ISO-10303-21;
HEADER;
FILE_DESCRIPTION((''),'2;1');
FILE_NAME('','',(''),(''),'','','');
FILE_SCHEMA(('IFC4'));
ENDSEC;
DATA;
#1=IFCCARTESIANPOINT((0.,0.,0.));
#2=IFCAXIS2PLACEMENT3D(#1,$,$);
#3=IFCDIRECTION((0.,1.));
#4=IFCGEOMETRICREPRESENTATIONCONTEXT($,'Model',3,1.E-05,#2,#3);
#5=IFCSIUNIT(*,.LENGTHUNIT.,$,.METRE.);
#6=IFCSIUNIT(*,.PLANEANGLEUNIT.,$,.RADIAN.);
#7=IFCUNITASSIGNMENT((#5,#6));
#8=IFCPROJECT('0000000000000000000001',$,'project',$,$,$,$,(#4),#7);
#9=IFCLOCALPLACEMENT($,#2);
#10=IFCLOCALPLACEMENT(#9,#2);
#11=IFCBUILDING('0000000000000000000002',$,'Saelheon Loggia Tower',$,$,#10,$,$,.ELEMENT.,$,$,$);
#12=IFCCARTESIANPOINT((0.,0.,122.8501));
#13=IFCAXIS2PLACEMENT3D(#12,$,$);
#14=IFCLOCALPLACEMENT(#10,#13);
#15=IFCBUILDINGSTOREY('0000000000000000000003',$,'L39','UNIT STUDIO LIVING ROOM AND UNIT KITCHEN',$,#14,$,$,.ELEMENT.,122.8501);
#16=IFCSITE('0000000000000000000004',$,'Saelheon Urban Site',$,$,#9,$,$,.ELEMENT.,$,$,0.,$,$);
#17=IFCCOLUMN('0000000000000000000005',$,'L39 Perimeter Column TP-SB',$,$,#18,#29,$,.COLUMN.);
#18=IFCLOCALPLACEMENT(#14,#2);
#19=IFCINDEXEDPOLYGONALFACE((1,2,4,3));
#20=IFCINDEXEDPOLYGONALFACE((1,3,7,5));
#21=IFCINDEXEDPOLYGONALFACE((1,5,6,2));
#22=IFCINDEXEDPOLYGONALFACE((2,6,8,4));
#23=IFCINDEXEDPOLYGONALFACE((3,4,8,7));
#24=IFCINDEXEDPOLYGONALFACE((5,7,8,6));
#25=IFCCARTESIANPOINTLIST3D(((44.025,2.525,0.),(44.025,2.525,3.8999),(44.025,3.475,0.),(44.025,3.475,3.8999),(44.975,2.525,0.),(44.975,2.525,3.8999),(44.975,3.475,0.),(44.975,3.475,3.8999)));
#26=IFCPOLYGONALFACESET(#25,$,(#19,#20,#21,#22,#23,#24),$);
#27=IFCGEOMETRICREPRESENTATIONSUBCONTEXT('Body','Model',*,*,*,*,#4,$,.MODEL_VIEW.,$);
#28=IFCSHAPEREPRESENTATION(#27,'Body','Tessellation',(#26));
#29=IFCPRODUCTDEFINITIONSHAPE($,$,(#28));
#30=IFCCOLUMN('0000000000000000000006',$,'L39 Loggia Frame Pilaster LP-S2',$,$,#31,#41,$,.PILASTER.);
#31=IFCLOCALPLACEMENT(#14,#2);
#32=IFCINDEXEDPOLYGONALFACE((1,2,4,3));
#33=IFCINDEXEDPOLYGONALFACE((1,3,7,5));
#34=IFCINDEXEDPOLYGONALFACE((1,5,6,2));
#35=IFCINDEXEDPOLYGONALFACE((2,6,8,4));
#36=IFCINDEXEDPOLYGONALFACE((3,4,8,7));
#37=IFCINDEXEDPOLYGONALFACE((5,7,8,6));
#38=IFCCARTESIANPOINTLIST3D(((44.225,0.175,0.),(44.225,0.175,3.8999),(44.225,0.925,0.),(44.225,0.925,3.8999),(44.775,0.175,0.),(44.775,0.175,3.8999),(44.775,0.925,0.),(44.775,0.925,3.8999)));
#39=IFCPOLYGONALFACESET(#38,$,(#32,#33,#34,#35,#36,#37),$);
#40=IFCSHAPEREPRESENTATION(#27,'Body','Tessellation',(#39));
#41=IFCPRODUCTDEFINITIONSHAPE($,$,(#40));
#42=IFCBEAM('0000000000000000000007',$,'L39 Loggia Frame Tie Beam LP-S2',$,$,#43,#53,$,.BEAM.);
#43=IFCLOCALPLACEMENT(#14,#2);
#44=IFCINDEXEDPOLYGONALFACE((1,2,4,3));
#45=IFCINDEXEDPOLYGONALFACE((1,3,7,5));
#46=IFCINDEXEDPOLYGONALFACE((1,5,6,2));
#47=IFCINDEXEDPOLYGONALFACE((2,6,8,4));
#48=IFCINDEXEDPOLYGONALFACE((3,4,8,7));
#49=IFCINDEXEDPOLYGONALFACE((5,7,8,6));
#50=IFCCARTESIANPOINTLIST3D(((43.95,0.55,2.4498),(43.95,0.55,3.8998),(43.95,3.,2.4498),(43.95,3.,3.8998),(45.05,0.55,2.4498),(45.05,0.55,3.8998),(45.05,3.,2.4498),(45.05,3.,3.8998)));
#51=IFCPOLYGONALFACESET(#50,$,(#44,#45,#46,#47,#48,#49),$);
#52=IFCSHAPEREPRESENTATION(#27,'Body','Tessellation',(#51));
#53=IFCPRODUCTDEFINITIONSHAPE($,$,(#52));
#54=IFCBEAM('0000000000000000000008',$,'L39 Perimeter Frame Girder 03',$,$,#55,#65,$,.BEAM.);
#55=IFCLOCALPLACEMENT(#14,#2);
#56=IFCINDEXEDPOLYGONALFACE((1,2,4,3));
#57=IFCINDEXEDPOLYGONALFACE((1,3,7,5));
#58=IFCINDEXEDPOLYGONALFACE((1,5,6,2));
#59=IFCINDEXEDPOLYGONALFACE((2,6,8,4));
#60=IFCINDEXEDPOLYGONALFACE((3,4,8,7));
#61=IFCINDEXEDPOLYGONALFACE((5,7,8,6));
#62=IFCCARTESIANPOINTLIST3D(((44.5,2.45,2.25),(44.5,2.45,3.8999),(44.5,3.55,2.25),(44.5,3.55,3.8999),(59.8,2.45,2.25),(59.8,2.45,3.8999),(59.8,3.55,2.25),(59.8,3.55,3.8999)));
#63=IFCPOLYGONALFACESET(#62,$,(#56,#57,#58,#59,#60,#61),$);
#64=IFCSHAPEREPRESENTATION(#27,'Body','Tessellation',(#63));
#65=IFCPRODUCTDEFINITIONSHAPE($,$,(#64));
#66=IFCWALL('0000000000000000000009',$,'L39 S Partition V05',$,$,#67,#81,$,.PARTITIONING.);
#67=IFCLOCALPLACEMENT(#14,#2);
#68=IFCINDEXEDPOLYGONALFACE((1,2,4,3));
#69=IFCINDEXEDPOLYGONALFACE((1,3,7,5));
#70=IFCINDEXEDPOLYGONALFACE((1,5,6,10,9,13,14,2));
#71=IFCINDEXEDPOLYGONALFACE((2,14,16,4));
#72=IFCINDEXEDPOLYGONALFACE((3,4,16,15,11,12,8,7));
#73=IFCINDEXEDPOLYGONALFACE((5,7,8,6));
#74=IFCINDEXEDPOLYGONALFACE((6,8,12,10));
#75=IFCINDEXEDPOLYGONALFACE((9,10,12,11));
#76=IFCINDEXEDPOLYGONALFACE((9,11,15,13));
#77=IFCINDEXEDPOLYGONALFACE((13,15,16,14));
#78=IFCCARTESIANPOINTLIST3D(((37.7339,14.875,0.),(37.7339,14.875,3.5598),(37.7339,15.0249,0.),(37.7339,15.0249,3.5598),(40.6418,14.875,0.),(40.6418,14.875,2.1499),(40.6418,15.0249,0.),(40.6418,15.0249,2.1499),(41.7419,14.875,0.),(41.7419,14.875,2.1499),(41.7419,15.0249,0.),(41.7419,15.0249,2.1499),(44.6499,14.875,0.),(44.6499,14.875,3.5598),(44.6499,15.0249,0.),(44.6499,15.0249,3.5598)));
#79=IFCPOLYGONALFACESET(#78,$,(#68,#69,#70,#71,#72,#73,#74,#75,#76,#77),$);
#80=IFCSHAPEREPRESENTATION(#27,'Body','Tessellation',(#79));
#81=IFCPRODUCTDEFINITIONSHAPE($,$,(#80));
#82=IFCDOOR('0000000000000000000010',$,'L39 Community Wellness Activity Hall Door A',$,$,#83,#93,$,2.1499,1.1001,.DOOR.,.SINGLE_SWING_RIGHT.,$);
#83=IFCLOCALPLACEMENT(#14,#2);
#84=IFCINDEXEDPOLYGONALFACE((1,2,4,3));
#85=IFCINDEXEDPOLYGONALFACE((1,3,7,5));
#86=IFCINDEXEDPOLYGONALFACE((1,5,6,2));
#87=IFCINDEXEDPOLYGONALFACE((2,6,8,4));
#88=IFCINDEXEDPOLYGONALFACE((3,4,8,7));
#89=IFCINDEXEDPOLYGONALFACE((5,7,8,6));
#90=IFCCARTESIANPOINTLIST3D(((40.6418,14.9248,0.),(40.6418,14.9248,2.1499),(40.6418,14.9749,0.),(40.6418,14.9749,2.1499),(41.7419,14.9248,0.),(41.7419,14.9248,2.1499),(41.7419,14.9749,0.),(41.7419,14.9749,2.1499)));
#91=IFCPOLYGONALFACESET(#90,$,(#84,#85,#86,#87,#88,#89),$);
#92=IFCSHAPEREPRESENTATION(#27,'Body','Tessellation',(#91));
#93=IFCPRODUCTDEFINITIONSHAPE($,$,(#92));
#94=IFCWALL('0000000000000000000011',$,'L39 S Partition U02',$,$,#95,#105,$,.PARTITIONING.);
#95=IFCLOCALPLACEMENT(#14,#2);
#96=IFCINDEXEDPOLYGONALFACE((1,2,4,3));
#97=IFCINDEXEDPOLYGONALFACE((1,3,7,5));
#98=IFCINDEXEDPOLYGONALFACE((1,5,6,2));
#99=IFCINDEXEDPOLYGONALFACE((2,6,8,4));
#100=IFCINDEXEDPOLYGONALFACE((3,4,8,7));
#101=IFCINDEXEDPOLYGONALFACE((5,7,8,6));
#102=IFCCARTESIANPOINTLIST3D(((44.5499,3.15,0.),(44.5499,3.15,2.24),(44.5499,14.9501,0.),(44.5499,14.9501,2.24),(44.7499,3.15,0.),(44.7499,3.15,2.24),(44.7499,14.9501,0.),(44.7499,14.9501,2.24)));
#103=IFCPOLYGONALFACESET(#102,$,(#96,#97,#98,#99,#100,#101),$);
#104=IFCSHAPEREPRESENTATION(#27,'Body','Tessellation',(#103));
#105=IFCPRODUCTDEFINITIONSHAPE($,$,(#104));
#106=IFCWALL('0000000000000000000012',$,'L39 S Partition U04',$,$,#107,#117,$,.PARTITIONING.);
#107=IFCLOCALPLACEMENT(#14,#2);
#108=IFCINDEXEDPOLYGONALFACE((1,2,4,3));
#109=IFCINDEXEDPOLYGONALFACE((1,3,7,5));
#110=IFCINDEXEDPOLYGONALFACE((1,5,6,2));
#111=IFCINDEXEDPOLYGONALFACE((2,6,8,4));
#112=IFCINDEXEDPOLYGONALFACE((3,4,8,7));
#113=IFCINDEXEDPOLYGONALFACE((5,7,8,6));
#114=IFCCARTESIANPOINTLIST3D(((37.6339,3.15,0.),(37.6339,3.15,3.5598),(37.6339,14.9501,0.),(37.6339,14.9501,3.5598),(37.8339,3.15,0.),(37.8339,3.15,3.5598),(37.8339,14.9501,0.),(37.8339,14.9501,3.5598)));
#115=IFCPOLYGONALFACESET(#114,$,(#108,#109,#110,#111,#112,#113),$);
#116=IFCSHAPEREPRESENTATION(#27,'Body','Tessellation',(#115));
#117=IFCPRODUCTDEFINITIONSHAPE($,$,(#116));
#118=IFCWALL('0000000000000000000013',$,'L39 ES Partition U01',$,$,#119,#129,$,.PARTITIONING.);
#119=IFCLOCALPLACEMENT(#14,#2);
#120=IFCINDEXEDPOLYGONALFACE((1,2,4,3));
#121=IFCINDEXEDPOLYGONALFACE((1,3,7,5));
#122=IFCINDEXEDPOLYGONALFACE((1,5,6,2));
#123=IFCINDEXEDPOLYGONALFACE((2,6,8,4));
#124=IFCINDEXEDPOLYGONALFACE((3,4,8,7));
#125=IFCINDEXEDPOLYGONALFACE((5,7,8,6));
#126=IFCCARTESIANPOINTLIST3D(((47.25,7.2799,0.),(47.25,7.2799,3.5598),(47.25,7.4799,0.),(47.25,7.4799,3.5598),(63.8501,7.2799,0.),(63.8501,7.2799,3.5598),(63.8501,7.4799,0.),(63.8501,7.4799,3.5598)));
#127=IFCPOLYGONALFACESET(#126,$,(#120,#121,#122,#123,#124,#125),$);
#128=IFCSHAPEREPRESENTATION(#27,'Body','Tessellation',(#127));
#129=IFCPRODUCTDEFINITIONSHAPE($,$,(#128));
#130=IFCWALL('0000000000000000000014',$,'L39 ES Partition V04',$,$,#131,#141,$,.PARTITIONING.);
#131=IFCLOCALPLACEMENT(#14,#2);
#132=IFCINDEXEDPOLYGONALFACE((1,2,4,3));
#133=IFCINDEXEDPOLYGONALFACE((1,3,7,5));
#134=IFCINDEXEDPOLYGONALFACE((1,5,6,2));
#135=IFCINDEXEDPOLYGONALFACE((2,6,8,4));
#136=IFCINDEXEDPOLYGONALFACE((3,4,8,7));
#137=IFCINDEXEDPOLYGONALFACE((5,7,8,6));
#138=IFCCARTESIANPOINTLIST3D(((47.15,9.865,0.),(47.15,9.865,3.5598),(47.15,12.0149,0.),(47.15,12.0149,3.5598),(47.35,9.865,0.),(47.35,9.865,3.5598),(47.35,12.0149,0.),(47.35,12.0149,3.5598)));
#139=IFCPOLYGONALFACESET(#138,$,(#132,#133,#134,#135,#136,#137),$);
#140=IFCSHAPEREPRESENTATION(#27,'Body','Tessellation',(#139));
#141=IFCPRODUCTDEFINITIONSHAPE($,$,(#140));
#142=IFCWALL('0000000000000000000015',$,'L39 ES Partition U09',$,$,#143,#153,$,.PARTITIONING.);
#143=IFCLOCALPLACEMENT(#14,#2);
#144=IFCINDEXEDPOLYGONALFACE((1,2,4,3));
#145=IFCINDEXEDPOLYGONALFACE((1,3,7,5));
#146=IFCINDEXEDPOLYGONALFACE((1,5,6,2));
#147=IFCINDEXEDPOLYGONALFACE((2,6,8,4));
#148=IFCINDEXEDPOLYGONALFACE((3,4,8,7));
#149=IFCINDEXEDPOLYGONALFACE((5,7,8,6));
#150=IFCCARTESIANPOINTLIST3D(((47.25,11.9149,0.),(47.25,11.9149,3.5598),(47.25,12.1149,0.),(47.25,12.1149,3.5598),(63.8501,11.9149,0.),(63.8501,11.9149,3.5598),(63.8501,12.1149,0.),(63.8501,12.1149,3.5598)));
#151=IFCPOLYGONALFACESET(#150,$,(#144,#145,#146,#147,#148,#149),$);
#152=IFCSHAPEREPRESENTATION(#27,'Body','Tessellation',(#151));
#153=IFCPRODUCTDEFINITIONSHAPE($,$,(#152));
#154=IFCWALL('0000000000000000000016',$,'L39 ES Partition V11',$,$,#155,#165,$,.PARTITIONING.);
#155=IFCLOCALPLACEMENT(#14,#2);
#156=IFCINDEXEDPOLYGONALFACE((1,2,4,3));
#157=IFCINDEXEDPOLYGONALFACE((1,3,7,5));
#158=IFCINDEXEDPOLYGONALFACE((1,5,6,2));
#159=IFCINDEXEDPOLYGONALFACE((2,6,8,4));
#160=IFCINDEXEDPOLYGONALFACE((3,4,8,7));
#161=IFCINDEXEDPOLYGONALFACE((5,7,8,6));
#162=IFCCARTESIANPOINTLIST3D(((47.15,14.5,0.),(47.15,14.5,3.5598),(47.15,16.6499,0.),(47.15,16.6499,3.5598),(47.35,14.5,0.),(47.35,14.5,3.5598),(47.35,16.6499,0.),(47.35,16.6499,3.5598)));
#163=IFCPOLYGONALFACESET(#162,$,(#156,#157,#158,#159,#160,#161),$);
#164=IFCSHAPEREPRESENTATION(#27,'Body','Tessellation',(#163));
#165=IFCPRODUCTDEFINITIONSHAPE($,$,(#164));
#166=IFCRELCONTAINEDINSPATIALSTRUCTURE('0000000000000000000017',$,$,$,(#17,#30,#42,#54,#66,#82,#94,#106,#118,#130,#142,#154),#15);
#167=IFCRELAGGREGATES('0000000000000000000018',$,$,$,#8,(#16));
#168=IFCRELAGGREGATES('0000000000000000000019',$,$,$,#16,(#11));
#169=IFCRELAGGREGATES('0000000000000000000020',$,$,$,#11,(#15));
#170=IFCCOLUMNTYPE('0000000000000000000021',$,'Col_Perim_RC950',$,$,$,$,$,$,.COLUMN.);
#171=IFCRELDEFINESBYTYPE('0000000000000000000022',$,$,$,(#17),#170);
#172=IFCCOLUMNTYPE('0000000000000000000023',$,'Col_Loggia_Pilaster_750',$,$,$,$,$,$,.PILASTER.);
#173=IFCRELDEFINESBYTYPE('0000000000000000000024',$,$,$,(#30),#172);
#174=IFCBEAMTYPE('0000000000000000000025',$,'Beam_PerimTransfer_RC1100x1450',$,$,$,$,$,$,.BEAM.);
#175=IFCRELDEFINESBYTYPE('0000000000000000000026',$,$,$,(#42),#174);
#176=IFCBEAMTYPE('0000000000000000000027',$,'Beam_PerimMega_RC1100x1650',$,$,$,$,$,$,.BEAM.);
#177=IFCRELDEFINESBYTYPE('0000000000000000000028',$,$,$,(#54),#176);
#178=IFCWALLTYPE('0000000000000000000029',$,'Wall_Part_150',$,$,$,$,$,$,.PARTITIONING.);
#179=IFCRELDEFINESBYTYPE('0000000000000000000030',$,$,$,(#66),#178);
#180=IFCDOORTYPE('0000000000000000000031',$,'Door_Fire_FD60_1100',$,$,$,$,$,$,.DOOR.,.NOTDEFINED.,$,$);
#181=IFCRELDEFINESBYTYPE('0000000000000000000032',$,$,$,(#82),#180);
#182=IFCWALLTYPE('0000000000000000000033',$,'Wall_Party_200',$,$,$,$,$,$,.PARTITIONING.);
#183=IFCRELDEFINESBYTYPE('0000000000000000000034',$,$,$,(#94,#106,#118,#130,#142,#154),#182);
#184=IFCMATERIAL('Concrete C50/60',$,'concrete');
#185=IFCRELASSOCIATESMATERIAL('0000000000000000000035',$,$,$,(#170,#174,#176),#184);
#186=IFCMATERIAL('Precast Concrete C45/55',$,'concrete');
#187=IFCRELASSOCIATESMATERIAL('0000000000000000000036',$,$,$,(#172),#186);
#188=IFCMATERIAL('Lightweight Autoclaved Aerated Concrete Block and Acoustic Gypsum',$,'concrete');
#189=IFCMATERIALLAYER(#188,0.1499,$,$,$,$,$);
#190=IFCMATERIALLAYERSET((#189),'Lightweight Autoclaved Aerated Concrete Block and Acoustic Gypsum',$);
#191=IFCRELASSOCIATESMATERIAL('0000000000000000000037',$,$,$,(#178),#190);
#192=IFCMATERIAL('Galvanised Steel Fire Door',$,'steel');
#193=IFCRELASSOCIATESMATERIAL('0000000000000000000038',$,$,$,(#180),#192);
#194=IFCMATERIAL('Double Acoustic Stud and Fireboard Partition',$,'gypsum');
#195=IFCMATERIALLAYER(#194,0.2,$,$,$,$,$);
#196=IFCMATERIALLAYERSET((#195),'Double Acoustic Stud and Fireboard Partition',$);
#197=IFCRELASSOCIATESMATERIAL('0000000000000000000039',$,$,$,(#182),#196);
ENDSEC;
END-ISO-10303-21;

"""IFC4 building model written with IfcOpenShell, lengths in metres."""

from ifc_helpers import new_model, si_unit, direction, frame, frame_2d, origin, origin_2d, place, context, subcontext, project, spatial, rectangle, extrude, source, transform, mapped, material, layer, layer_set, material_profile, profile_set, type_object, element, fill, save


model = new_model("IFC4")

# Units and contexts
model_context = context("Model", 3, precision=1e-05, world=origin(), true_north=direction((0.0, 1.0)))
body_context = subcontext(model_context, "Body", "Model", "MODEL_VIEW")
ifc_project = project(units=[si_unit("LENGTHUNIT", "METRE"), si_unit("PLANEANGLEUNIT", "RADIAN")], contexts=[model_context])

# Site, building, storey
site_placement = place(None, origin())
site = spatial("IfcSite", under=ifc_project, at=site_placement, Name="Saelheon Urban Site", CompositionType="ELEMENT", RefElevation=0.0)
building_placement = place(site_placement, origin())
building = spatial("IfcBuilding", under=site, at=building_placement, Name="Saelheon Loggia Tower", CompositionType="ELEMENT")
storey_placement = place(building_placement, frame((0.0, 0.0, 122.8501)))
storey = spatial("IfcBuildingStorey", under=building, at=storey_placement, Name="L39", Description="UNIT STUDIO LIVING ROOM AND UNIT KITCHEN", CompositionType="ELEMENT", Elevation=122.8501)

# Columns
ifc_material_1 = material(Name="Concrete C50/60", Category="concrete")
ifc_material_profile_1 = material_profile(ifc_material_1, rectangle(XDim=0.95, YDim=0.95, at=origin_2d()), Name="RC-950x950")
ifc_profile_set_1 = profile_set([ifc_material_profile_1], Name="Concrete C50/60")
column_type_1 = type_object("IfcColumnType", Name="Col_Perim_RC950", PredefinedType="COLUMN", material=ifc_profile_set_1)
shared_shape_1 = source(origin(), body_context, "Body", "SweptSolid", [
    extrude(rectangle(XDim=0.95, YDim=0.95, at=origin_2d()), origin(), (0.0, 0.0, 1.0), 3.8999),
])
column_1_placement = place(storey_placement, frame((44.5, 3.0, 0.0), z_axis=(0.0, 0.0, 1.0), x_axis=(1.0, 0.0, 0.0)))
element("IfcColumn", 1, at=column_1_placement, inside=storey, type_object=column_type_1, Name="L39 Perimeter Column TP-SB", PredefinedType="COLUMN", context=body_context, shape_type="MappedRepresentation", body=[
    mapped(shared_shape_1, transform((0.0, 0.0, 0.0), scale=1.0)),
])
ifc_material_2 = material(Name="Precast Concrete C45/55", Category="concrete")
ifc_material_profile_2 = material_profile(ifc_material_2, rectangle(XDim=0.55, YDim=0.75, at=origin_2d()), Name="RC-550x750")
ifc_profile_set_2 = profile_set([ifc_material_profile_2], Name="Precast Concrete C45/55")
column_type_2 = type_object("IfcColumnType", Name="Col_Loggia_Pilaster_750", PredefinedType="PILASTER", material=ifc_profile_set_2)
shared_shape_2 = source(origin(), body_context, "Body", "SweptSolid", [
    extrude(rectangle(XDim=0.55, YDim=0.75, at=origin_2d()), origin(), (0.0, 0.0, 1.0), 3.8999),
])
column_2_placement = place(storey_placement, frame((44.5, 0.55, 0.0), z_axis=(0.0, 0.0, 1.0), x_axis=(1.0, 0.0, 0.0)))
element("IfcColumn", 2, at=column_2_placement, inside=storey, type_object=column_type_2, Name="L39 Loggia Frame Pilaster LP-S2", PredefinedType="PILASTER", context=body_context, shape_type="MappedRepresentation", body=[
    mapped(shared_shape_2, transform((0.0, 0.0, 0.0), scale=1.0)),
])

# Beams
ifc_material_profile_3 = material_profile(ifc_material_1, rectangle(XDim=1.1001, YDim=1.45, at=origin_2d()), Name="RC-1100x1450")
ifc_profile_set_3 = profile_set([ifc_material_profile_3], Name="Concrete C50/60")
beam_type_1 = type_object("IfcBeamType", Name="Beam_PerimTransfer_RC1100x1450", PredefinedType="BEAM", material=ifc_profile_set_3)
shared_shape_3 = source(origin(), body_context, "Body", "SweptSolid", [
    extrude(rectangle(XDim=1.1001, YDim=1.45, at=origin_2d()), origin(), (0.0, 0.0, 1.0), 2.45),
])
beam_1_placement = place(storey_placement, frame((44.5, 3.0, 3.1748), z_axis=(0.0, -1.0, 0.0), x_axis=(1.0, 0.0, 0.0)))
element("IfcBeam", 3, at=beam_1_placement, inside=storey, type_object=beam_type_1, Name="L39 Loggia Frame Tie Beam LP-S2", PredefinedType="BEAM", context=body_context, shape_type="MappedRepresentation", body=[
    mapped(shared_shape_3, transform((0.0, 0.0, 0.0), scale=1.0)),
])
ifc_material_profile_4 = material_profile(ifc_material_1, rectangle(XDim=1.1001, YDim=1.6499, at=origin_2d()), Name="RC-1100x1650")
ifc_profile_set_4 = profile_set([ifc_material_profile_4], Name="Concrete C50/60")
beam_type_2 = type_object("IfcBeamType", Name="Beam_PerimMega_RC1100x1650", PredefinedType="BEAM", material=ifc_profile_set_4)
shared_shape_4 = source(origin(), body_context, "Body", "SweptSolid", [
    extrude(rectangle(XDim=1.1001, YDim=1.6499, at=origin_2d()), origin(), (0.0, 0.0, 1.0), 15.3),
])
beam_2_placement = place(storey_placement, frame((44.5, 3.0, 3.075), z_axis=(1.0, 0.0, 0.0), x_axis=(0.0, 1.0, 0.0)))
element("IfcBeam", 4, at=beam_2_placement, inside=storey, type_object=beam_type_2, Name="L39 Perimeter Frame Girder 03", PredefinedType="BEAM", context=body_context, shape_type="MappedRepresentation", body=[
    mapped(shared_shape_4, transform((0.0, 0.0, 0.0), scale=1.0)),
])

# Wall, opening, door
ifc_material_3 = material(Name="Lightweight Autoclaved Aerated Concrete Block and Acoustic Gypsum", Category="concrete")
ifc_layer_1 = layer(ifc_material_3, 0.1499)
ifc_layer_set_1 = layer_set([ifc_layer_1], Name="Lightweight Autoclaved Aerated Concrete Block and Acoustic Gypsum")
wall_type_1 = type_object("IfcWallType", Name="Wall_Part_150", PredefinedType="PARTITIONING", material=ifc_layer_set_1)
wall_1_placement = place(storey_placement, frame((37.7339, 14.95, 0.0), z_axis=(0.0, 0.0, 1.0), x_axis=(1.0, 0.0, 0.0)))
wall_1 = element("IfcWall", 5, at=wall_1_placement, inside=storey, type_object=wall_type_1, Name="L39 S Partition V05", PredefinedType="PARTITIONING", context=body_context, shape_type="SweptSolid", body=[
    extrude(rectangle(XDim=6.916, YDim=0.1499, at=frame_2d((3.458, 0.0))), origin(), (0.0, 0.0, 1.0), 3.5598),
])
opening_1_placement = place(wall_1_placement, frame((2.908, 0.0, 0.0)))
opening_1 = element("IfcOpeningElement", 6, at=opening_1_placement, cuts=wall_1, PredefinedType="OPENING", context=body_context, shape_type="SweptSolid", body=[
    extrude(rectangle(XDim=1.1001, YDim=2.1499, at=frame_2d((0.55, 1.075))), frame((0.0, 0.0869, 0.0), z_axis=(0.0, -1.0, 0.0), x_axis=(1.0, 0.0, 0.0)), (0.0, 0.0, 1.0), 0.1738),
])
ifc_material_4 = material(Name="Galvanised Steel Fire Door", Category="steel")
door_type_1 = type_object("IfcDoorType", Name="Door_Fire_FD60_1100", OperationType="NOTDEFINED", PredefinedType="DOOR", material=ifc_material_4)
shared_shape_5 = source(origin(), body_context, "Body", "SweptSolid", [
    extrude(rectangle(XDim=1.1001, YDim=2.1499, at=frame_2d((0.55, 1.075))), frame((0.0, 0.0249, 0.0), z_axis=(0.0, -1.0, 0.0), x_axis=(1.0, 0.0, 0.0)), (0.0, 0.0, 1.0), 0.05),
])
door_1_placement = place(opening_1_placement, origin())
door_1 = element("IfcDoor", 7, at=door_1_placement, inside=storey, type_object=door_type_1, Name="L39 Community Wellness Activity Hall Door A", OperationType="SINGLE_SWING_RIGHT", OverallHeight=2.1499, OverallWidth=1.1001, PredefinedType="DOOR", context=body_context, shape_type="MappedRepresentation", body=[
    mapped(shared_shape_5, transform((0.0, 0.0, 0.0), scale=1.0)),
])
fill(opening_1, door_1)

# Walls
ifc_material_5 = material(Name="Double Acoustic Stud and Fireboard Partition", Category="gypsum")
ifc_layer_2 = layer(ifc_material_5, 0.2)
ifc_layer_set_2 = layer_set([ifc_layer_2], Name="Double Acoustic Stud and Fireboard Partition")
wall_type_2 = type_object("IfcWallType", Name="Wall_Party_200", PredefinedType="PARTITIONING", material=ifc_layer_set_2)
wall_2_placement = place(storey_placement, frame((44.6499, 14.95, 0.0), z_axis=(0.0, 0.0, 1.0), x_axis=(0.0, -1.0, 0.0)))
element("IfcWall", 8, at=wall_2_placement, inside=storey, type_object=wall_type_2, Name="L39 S Partition U02", PredefinedType="PARTITIONING", context=body_context, shape_type="SweptSolid", body=[
    extrude(rectangle(XDim=11.8, YDim=0.2, at=frame_2d((5.8999, 0.0))), origin(), (0.0, 0.0, 1.0), 2.24),
])
wall_3_placement = place(storey_placement, frame((37.7339, 14.95, 0.0), z_axis=(0.0, 0.0, 1.0), x_axis=(0.0, -1.0, 0.0)))
element("IfcWall", 9, at=wall_3_placement, inside=storey, type_object=wall_type_2, Name="L39 S Partition U04", PredefinedType="PARTITIONING", context=body_context, shape_type="SweptSolid", body=[
    extrude(rectangle(XDim=11.8, YDim=0.2, at=frame_2d((5.8999, 0.0))), origin(), (0.0, 0.0, 1.0), 3.5598),
])
wall_4_placement = place(storey_placement, frame((47.25, 7.3799, 0.0), z_axis=(0.0, 0.0, 1.0), x_axis=(1.0, 0.0, 0.0)))
element("IfcWall", 10, at=wall_4_placement, inside=storey, type_object=wall_type_2, Name="L39 ES Partition U01", PredefinedType="PARTITIONING", context=body_context, shape_type="SweptSolid", body=[
    extrude(rectangle(XDim=16.6001, YDim=0.2, at=frame_2d((8.3, 0.0))), origin(), (0.0, 0.0, 1.0), 3.5598),
])

# Walls
wall_5_placement = place(storey_placement, frame((47.25, 9.865, 0.0), z_axis=(0.0, 0.0, 1.0), x_axis=(0.0, 1.0, 0.0)))
element("IfcWall", 11, at=wall_5_placement, inside=storey, type_object=wall_type_2, Name="L39 ES Partition V04", PredefinedType="PARTITIONING", context=body_context, shape_type="SweptSolid", body=[
    extrude(rectangle(XDim=2.1499, YDim=0.2, at=frame_2d((1.075, 0.0))), origin(), (0.0, 0.0, 1.0), 3.5598),
])
wall_6_placement = place(storey_placement, frame((47.25, 12.0149, 0.0), z_axis=(0.0, 0.0, 1.0), x_axis=(1.0, 0.0, 0.0)))
element("IfcWall", 12, at=wall_6_placement, inside=storey, type_object=wall_type_2, Name="L39 ES Partition U09", PredefinedType="PARTITIONING", context=body_context, shape_type="SweptSolid", body=[
    extrude(rectangle(XDim=16.6001, YDim=0.2, at=frame_2d((8.3, 0.0))), origin(), (0.0, 0.0, 1.0), 3.5598),
])

# Wall
wall_7_placement = place(storey_placement, frame((47.25, 14.5, 0.0), z_axis=(0.0, 0.0, 1.0), x_axis=(0.0, 1.0, 0.0)))
element("IfcWall", 13, at=wall_7_placement, inside=storey, type_object=wall_type_2, Name="L39 ES Partition V11", PredefinedType="PARTITIONING", context=body_context, shape_type="SweptSolid", body=[
    extrude(rectangle(XDim=2.1499, YDim=0.2, at=frame_2d((1.075, 0.0))), origin(), (0.0, 0.0, 1.0), 3.5598),
])

save(model, "model.ifc")
